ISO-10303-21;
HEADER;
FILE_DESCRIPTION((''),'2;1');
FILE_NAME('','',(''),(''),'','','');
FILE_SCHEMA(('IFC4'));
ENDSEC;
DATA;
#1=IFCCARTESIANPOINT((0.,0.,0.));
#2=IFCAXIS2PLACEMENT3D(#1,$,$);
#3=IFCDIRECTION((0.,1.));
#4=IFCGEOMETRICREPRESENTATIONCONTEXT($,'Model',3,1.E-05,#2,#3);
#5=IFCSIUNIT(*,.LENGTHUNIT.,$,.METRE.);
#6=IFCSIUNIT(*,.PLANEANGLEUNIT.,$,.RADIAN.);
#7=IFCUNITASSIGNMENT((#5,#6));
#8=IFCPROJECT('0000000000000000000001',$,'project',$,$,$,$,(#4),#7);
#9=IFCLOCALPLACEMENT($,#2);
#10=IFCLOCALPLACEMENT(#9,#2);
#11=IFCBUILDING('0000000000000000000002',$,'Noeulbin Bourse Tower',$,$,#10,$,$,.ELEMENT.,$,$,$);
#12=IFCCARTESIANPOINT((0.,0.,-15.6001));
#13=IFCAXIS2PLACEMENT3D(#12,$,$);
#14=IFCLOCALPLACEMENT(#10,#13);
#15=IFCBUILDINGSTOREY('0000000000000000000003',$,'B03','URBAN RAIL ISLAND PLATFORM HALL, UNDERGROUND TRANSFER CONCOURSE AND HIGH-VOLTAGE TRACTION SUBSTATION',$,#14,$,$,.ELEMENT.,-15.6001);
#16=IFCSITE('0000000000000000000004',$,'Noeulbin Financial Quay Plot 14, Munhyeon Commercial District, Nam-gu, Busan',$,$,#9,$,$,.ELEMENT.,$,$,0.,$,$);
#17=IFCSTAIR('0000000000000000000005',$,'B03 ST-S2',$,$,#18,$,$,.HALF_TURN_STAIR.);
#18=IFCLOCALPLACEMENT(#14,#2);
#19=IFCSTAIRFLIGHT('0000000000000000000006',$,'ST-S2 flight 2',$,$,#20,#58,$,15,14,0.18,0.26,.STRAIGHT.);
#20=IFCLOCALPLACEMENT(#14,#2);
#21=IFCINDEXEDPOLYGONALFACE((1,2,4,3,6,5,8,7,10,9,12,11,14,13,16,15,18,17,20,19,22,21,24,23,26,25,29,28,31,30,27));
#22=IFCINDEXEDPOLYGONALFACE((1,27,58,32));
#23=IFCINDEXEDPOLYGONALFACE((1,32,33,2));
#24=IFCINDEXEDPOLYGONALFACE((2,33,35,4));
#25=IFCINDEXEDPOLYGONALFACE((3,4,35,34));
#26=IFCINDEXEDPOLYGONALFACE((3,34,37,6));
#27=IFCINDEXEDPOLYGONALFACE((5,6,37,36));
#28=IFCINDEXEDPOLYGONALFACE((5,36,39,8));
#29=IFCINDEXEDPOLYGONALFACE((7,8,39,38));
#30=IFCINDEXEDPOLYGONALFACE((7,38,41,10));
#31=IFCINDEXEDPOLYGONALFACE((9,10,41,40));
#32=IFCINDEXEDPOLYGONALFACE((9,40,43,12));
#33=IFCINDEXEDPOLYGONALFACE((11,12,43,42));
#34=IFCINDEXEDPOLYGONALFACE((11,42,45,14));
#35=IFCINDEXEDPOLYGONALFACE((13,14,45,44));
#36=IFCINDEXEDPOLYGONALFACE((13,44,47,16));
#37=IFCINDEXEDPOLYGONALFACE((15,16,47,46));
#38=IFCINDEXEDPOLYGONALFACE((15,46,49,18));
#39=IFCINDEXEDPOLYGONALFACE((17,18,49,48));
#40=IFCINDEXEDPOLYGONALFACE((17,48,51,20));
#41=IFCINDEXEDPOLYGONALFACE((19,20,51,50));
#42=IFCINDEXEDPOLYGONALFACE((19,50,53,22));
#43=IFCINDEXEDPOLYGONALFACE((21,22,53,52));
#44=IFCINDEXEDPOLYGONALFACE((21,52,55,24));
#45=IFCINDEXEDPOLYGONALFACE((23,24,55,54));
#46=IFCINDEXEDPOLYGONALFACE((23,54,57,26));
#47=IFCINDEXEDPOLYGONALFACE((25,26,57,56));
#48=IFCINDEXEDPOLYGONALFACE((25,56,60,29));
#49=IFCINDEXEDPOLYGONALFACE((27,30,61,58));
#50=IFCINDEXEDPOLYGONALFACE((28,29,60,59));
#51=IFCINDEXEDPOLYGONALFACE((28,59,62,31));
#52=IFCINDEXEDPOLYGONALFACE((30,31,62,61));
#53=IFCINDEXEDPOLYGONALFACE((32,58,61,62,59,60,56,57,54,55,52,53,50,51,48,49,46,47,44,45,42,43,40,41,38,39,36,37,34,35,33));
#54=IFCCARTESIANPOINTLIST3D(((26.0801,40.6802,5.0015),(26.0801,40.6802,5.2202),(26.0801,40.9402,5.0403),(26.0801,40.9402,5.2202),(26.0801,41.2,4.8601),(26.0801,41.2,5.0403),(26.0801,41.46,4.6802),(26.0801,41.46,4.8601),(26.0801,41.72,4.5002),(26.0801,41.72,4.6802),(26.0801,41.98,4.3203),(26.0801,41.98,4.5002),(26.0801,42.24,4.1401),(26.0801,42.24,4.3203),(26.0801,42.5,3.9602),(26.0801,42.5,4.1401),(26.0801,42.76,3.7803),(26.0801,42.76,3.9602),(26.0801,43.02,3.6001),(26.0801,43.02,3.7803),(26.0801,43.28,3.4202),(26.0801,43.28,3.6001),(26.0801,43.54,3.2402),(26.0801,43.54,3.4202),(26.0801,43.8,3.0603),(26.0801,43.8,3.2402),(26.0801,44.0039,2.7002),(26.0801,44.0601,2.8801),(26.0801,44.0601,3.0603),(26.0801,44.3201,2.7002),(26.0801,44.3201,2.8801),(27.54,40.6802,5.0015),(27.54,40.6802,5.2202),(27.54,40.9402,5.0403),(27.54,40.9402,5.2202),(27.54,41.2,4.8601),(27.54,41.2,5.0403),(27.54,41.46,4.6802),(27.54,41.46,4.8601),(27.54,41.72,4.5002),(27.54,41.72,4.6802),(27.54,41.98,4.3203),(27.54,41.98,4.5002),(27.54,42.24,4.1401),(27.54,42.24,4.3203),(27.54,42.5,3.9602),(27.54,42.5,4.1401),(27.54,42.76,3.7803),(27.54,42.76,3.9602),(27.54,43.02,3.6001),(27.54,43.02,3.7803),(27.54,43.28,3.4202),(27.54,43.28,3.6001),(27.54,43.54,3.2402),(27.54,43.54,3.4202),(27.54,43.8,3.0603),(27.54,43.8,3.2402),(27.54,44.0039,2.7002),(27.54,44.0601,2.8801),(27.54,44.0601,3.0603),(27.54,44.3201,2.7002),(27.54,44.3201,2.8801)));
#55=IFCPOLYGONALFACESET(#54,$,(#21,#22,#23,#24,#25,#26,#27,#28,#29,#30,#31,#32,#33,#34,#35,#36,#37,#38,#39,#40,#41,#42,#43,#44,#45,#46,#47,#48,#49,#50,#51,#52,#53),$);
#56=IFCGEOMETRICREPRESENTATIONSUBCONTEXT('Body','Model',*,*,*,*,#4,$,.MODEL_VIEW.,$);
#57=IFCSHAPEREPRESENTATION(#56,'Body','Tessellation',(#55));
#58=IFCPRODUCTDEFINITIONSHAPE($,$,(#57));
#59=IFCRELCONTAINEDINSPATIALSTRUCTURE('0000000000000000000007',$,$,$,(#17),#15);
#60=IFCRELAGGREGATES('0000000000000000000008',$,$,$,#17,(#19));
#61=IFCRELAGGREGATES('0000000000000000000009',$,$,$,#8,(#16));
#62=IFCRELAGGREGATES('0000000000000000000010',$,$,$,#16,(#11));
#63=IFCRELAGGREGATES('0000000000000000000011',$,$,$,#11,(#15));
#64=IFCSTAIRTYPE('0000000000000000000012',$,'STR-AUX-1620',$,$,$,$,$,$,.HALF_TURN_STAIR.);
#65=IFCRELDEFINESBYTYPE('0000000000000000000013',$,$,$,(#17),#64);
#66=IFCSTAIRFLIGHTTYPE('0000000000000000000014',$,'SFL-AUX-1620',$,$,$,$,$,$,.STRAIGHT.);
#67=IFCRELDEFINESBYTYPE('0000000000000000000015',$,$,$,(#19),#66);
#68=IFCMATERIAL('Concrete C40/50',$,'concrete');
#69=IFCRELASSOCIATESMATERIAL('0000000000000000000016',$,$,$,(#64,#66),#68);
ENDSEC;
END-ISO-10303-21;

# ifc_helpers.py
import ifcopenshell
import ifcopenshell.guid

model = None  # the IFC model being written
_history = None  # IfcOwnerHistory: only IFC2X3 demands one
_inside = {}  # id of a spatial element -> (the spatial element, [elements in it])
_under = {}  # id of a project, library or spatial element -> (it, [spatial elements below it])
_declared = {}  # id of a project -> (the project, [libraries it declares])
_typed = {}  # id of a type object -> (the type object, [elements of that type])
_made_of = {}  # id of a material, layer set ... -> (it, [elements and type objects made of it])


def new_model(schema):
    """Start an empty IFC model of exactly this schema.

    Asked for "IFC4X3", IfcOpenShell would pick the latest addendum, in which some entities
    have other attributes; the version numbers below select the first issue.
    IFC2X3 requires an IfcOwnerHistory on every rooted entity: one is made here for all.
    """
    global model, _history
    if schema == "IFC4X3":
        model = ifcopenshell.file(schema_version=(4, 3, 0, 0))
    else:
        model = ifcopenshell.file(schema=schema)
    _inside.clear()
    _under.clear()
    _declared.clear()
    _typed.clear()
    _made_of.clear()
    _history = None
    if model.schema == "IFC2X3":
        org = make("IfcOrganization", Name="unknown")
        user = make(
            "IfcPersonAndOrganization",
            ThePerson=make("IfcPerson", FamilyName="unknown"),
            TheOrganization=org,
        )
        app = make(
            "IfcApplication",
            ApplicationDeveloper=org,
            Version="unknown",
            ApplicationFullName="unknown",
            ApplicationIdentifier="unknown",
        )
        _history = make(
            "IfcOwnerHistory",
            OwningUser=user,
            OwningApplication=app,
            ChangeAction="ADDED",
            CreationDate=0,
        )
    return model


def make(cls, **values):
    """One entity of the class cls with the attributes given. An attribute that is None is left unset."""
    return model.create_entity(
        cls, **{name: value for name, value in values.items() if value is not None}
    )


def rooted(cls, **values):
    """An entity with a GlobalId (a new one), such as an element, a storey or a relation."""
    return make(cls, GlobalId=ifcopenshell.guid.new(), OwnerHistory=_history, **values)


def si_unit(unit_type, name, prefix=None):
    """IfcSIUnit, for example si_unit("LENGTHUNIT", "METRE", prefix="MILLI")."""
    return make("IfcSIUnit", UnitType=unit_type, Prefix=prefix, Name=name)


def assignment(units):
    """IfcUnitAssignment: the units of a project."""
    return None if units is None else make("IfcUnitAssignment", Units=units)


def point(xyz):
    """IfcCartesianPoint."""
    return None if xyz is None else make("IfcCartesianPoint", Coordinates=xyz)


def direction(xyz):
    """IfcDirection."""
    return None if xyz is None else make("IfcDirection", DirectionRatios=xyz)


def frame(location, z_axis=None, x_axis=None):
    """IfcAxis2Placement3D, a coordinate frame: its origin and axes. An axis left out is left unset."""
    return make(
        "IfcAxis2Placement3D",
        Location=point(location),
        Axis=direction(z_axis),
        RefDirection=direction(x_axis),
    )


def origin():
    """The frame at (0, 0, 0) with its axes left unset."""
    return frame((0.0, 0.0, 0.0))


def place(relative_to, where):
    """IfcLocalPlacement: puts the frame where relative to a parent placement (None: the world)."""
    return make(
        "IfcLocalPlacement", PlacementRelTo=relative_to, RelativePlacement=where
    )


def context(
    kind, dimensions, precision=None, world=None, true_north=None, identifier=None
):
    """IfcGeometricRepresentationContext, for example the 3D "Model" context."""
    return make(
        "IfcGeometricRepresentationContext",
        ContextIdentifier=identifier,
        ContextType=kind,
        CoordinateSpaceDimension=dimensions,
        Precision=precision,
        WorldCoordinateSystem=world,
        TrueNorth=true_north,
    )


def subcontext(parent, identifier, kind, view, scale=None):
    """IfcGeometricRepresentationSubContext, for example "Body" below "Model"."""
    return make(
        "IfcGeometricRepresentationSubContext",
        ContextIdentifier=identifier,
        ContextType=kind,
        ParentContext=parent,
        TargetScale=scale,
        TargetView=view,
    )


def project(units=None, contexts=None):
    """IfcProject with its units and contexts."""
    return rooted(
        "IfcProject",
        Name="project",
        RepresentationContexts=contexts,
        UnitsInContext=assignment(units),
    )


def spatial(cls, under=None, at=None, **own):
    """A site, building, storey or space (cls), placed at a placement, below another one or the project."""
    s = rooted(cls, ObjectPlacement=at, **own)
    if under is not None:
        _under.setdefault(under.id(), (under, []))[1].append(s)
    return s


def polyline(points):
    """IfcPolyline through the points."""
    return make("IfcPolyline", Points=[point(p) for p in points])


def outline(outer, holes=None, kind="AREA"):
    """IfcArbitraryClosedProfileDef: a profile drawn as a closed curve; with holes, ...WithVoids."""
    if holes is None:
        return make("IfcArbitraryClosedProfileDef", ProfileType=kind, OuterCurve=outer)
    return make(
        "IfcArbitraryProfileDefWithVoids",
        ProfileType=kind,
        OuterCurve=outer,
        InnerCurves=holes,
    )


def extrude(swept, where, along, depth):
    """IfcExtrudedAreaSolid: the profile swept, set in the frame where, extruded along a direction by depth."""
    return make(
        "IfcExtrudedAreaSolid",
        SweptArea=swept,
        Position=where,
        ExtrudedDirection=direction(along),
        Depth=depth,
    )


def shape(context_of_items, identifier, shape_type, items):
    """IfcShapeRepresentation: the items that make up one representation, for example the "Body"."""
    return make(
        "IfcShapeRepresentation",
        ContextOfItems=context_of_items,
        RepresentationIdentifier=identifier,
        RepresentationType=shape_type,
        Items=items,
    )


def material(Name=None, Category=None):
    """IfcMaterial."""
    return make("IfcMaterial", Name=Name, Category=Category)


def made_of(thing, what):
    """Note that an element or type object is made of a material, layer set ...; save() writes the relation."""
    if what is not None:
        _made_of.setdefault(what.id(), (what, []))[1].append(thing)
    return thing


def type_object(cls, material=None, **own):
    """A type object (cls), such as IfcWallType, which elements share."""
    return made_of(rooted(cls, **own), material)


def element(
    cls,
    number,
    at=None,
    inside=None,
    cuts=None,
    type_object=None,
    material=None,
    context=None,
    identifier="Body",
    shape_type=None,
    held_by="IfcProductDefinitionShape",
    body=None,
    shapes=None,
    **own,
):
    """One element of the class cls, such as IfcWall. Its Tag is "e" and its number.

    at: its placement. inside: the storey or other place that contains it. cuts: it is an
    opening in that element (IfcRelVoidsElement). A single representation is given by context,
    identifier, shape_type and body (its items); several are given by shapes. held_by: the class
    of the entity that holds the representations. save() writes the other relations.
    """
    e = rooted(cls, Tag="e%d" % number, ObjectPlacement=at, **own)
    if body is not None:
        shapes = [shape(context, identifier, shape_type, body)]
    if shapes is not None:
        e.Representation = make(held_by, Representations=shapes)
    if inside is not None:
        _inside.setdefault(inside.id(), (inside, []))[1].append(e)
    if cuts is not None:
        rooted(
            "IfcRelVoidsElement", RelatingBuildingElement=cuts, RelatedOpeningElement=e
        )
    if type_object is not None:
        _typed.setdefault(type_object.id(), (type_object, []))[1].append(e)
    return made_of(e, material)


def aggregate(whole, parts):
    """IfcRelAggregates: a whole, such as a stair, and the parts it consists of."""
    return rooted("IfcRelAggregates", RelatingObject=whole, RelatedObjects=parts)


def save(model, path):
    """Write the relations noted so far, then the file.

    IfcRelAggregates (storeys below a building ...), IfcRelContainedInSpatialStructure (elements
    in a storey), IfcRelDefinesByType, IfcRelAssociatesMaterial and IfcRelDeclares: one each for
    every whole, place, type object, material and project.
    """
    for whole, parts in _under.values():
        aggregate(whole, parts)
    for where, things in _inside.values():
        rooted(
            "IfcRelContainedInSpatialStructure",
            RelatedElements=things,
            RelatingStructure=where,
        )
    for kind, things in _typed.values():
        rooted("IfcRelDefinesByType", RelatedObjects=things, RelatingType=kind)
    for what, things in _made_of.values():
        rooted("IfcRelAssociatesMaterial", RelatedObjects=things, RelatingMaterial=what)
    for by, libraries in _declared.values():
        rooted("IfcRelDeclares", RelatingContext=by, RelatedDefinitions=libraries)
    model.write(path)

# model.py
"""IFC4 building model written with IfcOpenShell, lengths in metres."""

from ifc_helpers import new_model, si_unit, direction, frame, origin, place, context, subcontext, project, spatial, polyline, outline, extrude, material, type_object, element, aggregate, save


model = new_model("IFC4")

# Units and contexts
model_context = context("Model", 3, precision=1e-05, world=origin(), true_north=direction((0.0, 1.0)))
body_context = subcontext(model_context, "Body", "Model", "MODEL_VIEW")
ifc_project = project(units=[si_unit("LENGTHUNIT", "METRE"), si_unit("PLANEANGLEUNIT", "RADIAN")], contexts=[model_context])

# Site, building, storey
site_placement = place(None, origin())
site = spatial("IfcSite", under=ifc_project, at=site_placement, Name="Noeulbin Financial Quay Plot 14, Munhyeon Commercial District, Nam-gu, Busan", CompositionType="ELEMENT", RefElevation=0.0)
building_placement = place(site_placement, origin())
building = spatial("IfcBuilding", under=site, at=building_placement, Name="Noeulbin Bourse Tower", CompositionType="ELEMENT")
storey_placement = place(building_placement, frame((0.0, 0.0, -15.6001)))
storey = spatial("IfcBuildingStorey", under=building, at=storey_placement, Name="B03", Description="URBAN RAIL ISLAND PLATFORM HALL, UNDERGROUND TRANSFER CONCOURSE AND HIGH-VOLTAGE TRACTION SUBSTATION", CompositionType="ELEMENT", Elevation=-15.6001)

# Shared definitions
ifc_material_1 = material(Name="Concrete C40/50", Category="concrete")

# Stair, stair flight
stair_type = type_object("IfcStairType", Name="STR-AUX-1620", PredefinedType="HALF_TURN_STAIR", material=ifc_material_1)
stair_placement = place(storey_placement, origin())
stair = element("IfcStair", 1, at=stair_placement, inside=storey, type_object=stair_type, Name="B03 ST-S2", PredefinedType="HALF_TURN_STAIR")
stair_flight_type = type_object("IfcStairFlightType", Name="SFL-AUX-1620", PredefinedType="STRAIGHT", material=ifc_material_1)
stair_flight_1_placement = place(storey_placement, frame((26.8101, 44.3201, 2.7002), z_axis=(0.0, 0.0, 1.0), x_axis=(0.0, -1.0, 0.0)))
stair_flight_1 = element("IfcStairFlight", 2, at=stair_flight_1_placement, type_object=stair_flight_type, Name="ST-S2 flight 2", NumberOfRisers=15, NumberOfTreads=14, PredefinedType="STRAIGHT", RiserHeight=0.18, TreadLength=0.26, context=body_context, shape_type="SweptSolid", body=[
    extrude(outline(polyline([(0.0, 0.0), (0.0, 0.1799), (0.26, 0.1799), (0.26, 0.3601), (0.52, 0.3601), (0.52, 0.54), (0.78, 0.54), (0.78, 0.72), (1.04, 0.72), (1.04, 0.8999), (1.3, 0.8999), (1.3, 1.0801), (1.5601, 1.0801), (1.5601, 1.26), (1.8201, 1.26), (1.8201, 1.4399), (2.0801, 1.4399), (2.0801, 1.6201), (2.3401, 1.6201), (2.3401, 1.8), (2.6001, 1.8), (2.6001, 1.98), (2.8601, 1.98), (2.8601, 2.1599), (3.1201, 2.1599), (3.1201, 2.3401), (3.3799, 2.3401), (3.3799, 2.52), (3.6399, 2.52), (3.6399, 2.7), (3.6399, 2.3013), (0.3162, 0.0), (0.0, 0.0)])), frame((0.0, 0.73, 0.0), z_axis=(0.0, -1.0, 0.0), x_axis=(1.0, 0.0, 0.0)), (0.0, 0.0, 1.0), 1.46),
])
aggregate(stair, [stair_flight_1])

save(model, "model.ifc")
